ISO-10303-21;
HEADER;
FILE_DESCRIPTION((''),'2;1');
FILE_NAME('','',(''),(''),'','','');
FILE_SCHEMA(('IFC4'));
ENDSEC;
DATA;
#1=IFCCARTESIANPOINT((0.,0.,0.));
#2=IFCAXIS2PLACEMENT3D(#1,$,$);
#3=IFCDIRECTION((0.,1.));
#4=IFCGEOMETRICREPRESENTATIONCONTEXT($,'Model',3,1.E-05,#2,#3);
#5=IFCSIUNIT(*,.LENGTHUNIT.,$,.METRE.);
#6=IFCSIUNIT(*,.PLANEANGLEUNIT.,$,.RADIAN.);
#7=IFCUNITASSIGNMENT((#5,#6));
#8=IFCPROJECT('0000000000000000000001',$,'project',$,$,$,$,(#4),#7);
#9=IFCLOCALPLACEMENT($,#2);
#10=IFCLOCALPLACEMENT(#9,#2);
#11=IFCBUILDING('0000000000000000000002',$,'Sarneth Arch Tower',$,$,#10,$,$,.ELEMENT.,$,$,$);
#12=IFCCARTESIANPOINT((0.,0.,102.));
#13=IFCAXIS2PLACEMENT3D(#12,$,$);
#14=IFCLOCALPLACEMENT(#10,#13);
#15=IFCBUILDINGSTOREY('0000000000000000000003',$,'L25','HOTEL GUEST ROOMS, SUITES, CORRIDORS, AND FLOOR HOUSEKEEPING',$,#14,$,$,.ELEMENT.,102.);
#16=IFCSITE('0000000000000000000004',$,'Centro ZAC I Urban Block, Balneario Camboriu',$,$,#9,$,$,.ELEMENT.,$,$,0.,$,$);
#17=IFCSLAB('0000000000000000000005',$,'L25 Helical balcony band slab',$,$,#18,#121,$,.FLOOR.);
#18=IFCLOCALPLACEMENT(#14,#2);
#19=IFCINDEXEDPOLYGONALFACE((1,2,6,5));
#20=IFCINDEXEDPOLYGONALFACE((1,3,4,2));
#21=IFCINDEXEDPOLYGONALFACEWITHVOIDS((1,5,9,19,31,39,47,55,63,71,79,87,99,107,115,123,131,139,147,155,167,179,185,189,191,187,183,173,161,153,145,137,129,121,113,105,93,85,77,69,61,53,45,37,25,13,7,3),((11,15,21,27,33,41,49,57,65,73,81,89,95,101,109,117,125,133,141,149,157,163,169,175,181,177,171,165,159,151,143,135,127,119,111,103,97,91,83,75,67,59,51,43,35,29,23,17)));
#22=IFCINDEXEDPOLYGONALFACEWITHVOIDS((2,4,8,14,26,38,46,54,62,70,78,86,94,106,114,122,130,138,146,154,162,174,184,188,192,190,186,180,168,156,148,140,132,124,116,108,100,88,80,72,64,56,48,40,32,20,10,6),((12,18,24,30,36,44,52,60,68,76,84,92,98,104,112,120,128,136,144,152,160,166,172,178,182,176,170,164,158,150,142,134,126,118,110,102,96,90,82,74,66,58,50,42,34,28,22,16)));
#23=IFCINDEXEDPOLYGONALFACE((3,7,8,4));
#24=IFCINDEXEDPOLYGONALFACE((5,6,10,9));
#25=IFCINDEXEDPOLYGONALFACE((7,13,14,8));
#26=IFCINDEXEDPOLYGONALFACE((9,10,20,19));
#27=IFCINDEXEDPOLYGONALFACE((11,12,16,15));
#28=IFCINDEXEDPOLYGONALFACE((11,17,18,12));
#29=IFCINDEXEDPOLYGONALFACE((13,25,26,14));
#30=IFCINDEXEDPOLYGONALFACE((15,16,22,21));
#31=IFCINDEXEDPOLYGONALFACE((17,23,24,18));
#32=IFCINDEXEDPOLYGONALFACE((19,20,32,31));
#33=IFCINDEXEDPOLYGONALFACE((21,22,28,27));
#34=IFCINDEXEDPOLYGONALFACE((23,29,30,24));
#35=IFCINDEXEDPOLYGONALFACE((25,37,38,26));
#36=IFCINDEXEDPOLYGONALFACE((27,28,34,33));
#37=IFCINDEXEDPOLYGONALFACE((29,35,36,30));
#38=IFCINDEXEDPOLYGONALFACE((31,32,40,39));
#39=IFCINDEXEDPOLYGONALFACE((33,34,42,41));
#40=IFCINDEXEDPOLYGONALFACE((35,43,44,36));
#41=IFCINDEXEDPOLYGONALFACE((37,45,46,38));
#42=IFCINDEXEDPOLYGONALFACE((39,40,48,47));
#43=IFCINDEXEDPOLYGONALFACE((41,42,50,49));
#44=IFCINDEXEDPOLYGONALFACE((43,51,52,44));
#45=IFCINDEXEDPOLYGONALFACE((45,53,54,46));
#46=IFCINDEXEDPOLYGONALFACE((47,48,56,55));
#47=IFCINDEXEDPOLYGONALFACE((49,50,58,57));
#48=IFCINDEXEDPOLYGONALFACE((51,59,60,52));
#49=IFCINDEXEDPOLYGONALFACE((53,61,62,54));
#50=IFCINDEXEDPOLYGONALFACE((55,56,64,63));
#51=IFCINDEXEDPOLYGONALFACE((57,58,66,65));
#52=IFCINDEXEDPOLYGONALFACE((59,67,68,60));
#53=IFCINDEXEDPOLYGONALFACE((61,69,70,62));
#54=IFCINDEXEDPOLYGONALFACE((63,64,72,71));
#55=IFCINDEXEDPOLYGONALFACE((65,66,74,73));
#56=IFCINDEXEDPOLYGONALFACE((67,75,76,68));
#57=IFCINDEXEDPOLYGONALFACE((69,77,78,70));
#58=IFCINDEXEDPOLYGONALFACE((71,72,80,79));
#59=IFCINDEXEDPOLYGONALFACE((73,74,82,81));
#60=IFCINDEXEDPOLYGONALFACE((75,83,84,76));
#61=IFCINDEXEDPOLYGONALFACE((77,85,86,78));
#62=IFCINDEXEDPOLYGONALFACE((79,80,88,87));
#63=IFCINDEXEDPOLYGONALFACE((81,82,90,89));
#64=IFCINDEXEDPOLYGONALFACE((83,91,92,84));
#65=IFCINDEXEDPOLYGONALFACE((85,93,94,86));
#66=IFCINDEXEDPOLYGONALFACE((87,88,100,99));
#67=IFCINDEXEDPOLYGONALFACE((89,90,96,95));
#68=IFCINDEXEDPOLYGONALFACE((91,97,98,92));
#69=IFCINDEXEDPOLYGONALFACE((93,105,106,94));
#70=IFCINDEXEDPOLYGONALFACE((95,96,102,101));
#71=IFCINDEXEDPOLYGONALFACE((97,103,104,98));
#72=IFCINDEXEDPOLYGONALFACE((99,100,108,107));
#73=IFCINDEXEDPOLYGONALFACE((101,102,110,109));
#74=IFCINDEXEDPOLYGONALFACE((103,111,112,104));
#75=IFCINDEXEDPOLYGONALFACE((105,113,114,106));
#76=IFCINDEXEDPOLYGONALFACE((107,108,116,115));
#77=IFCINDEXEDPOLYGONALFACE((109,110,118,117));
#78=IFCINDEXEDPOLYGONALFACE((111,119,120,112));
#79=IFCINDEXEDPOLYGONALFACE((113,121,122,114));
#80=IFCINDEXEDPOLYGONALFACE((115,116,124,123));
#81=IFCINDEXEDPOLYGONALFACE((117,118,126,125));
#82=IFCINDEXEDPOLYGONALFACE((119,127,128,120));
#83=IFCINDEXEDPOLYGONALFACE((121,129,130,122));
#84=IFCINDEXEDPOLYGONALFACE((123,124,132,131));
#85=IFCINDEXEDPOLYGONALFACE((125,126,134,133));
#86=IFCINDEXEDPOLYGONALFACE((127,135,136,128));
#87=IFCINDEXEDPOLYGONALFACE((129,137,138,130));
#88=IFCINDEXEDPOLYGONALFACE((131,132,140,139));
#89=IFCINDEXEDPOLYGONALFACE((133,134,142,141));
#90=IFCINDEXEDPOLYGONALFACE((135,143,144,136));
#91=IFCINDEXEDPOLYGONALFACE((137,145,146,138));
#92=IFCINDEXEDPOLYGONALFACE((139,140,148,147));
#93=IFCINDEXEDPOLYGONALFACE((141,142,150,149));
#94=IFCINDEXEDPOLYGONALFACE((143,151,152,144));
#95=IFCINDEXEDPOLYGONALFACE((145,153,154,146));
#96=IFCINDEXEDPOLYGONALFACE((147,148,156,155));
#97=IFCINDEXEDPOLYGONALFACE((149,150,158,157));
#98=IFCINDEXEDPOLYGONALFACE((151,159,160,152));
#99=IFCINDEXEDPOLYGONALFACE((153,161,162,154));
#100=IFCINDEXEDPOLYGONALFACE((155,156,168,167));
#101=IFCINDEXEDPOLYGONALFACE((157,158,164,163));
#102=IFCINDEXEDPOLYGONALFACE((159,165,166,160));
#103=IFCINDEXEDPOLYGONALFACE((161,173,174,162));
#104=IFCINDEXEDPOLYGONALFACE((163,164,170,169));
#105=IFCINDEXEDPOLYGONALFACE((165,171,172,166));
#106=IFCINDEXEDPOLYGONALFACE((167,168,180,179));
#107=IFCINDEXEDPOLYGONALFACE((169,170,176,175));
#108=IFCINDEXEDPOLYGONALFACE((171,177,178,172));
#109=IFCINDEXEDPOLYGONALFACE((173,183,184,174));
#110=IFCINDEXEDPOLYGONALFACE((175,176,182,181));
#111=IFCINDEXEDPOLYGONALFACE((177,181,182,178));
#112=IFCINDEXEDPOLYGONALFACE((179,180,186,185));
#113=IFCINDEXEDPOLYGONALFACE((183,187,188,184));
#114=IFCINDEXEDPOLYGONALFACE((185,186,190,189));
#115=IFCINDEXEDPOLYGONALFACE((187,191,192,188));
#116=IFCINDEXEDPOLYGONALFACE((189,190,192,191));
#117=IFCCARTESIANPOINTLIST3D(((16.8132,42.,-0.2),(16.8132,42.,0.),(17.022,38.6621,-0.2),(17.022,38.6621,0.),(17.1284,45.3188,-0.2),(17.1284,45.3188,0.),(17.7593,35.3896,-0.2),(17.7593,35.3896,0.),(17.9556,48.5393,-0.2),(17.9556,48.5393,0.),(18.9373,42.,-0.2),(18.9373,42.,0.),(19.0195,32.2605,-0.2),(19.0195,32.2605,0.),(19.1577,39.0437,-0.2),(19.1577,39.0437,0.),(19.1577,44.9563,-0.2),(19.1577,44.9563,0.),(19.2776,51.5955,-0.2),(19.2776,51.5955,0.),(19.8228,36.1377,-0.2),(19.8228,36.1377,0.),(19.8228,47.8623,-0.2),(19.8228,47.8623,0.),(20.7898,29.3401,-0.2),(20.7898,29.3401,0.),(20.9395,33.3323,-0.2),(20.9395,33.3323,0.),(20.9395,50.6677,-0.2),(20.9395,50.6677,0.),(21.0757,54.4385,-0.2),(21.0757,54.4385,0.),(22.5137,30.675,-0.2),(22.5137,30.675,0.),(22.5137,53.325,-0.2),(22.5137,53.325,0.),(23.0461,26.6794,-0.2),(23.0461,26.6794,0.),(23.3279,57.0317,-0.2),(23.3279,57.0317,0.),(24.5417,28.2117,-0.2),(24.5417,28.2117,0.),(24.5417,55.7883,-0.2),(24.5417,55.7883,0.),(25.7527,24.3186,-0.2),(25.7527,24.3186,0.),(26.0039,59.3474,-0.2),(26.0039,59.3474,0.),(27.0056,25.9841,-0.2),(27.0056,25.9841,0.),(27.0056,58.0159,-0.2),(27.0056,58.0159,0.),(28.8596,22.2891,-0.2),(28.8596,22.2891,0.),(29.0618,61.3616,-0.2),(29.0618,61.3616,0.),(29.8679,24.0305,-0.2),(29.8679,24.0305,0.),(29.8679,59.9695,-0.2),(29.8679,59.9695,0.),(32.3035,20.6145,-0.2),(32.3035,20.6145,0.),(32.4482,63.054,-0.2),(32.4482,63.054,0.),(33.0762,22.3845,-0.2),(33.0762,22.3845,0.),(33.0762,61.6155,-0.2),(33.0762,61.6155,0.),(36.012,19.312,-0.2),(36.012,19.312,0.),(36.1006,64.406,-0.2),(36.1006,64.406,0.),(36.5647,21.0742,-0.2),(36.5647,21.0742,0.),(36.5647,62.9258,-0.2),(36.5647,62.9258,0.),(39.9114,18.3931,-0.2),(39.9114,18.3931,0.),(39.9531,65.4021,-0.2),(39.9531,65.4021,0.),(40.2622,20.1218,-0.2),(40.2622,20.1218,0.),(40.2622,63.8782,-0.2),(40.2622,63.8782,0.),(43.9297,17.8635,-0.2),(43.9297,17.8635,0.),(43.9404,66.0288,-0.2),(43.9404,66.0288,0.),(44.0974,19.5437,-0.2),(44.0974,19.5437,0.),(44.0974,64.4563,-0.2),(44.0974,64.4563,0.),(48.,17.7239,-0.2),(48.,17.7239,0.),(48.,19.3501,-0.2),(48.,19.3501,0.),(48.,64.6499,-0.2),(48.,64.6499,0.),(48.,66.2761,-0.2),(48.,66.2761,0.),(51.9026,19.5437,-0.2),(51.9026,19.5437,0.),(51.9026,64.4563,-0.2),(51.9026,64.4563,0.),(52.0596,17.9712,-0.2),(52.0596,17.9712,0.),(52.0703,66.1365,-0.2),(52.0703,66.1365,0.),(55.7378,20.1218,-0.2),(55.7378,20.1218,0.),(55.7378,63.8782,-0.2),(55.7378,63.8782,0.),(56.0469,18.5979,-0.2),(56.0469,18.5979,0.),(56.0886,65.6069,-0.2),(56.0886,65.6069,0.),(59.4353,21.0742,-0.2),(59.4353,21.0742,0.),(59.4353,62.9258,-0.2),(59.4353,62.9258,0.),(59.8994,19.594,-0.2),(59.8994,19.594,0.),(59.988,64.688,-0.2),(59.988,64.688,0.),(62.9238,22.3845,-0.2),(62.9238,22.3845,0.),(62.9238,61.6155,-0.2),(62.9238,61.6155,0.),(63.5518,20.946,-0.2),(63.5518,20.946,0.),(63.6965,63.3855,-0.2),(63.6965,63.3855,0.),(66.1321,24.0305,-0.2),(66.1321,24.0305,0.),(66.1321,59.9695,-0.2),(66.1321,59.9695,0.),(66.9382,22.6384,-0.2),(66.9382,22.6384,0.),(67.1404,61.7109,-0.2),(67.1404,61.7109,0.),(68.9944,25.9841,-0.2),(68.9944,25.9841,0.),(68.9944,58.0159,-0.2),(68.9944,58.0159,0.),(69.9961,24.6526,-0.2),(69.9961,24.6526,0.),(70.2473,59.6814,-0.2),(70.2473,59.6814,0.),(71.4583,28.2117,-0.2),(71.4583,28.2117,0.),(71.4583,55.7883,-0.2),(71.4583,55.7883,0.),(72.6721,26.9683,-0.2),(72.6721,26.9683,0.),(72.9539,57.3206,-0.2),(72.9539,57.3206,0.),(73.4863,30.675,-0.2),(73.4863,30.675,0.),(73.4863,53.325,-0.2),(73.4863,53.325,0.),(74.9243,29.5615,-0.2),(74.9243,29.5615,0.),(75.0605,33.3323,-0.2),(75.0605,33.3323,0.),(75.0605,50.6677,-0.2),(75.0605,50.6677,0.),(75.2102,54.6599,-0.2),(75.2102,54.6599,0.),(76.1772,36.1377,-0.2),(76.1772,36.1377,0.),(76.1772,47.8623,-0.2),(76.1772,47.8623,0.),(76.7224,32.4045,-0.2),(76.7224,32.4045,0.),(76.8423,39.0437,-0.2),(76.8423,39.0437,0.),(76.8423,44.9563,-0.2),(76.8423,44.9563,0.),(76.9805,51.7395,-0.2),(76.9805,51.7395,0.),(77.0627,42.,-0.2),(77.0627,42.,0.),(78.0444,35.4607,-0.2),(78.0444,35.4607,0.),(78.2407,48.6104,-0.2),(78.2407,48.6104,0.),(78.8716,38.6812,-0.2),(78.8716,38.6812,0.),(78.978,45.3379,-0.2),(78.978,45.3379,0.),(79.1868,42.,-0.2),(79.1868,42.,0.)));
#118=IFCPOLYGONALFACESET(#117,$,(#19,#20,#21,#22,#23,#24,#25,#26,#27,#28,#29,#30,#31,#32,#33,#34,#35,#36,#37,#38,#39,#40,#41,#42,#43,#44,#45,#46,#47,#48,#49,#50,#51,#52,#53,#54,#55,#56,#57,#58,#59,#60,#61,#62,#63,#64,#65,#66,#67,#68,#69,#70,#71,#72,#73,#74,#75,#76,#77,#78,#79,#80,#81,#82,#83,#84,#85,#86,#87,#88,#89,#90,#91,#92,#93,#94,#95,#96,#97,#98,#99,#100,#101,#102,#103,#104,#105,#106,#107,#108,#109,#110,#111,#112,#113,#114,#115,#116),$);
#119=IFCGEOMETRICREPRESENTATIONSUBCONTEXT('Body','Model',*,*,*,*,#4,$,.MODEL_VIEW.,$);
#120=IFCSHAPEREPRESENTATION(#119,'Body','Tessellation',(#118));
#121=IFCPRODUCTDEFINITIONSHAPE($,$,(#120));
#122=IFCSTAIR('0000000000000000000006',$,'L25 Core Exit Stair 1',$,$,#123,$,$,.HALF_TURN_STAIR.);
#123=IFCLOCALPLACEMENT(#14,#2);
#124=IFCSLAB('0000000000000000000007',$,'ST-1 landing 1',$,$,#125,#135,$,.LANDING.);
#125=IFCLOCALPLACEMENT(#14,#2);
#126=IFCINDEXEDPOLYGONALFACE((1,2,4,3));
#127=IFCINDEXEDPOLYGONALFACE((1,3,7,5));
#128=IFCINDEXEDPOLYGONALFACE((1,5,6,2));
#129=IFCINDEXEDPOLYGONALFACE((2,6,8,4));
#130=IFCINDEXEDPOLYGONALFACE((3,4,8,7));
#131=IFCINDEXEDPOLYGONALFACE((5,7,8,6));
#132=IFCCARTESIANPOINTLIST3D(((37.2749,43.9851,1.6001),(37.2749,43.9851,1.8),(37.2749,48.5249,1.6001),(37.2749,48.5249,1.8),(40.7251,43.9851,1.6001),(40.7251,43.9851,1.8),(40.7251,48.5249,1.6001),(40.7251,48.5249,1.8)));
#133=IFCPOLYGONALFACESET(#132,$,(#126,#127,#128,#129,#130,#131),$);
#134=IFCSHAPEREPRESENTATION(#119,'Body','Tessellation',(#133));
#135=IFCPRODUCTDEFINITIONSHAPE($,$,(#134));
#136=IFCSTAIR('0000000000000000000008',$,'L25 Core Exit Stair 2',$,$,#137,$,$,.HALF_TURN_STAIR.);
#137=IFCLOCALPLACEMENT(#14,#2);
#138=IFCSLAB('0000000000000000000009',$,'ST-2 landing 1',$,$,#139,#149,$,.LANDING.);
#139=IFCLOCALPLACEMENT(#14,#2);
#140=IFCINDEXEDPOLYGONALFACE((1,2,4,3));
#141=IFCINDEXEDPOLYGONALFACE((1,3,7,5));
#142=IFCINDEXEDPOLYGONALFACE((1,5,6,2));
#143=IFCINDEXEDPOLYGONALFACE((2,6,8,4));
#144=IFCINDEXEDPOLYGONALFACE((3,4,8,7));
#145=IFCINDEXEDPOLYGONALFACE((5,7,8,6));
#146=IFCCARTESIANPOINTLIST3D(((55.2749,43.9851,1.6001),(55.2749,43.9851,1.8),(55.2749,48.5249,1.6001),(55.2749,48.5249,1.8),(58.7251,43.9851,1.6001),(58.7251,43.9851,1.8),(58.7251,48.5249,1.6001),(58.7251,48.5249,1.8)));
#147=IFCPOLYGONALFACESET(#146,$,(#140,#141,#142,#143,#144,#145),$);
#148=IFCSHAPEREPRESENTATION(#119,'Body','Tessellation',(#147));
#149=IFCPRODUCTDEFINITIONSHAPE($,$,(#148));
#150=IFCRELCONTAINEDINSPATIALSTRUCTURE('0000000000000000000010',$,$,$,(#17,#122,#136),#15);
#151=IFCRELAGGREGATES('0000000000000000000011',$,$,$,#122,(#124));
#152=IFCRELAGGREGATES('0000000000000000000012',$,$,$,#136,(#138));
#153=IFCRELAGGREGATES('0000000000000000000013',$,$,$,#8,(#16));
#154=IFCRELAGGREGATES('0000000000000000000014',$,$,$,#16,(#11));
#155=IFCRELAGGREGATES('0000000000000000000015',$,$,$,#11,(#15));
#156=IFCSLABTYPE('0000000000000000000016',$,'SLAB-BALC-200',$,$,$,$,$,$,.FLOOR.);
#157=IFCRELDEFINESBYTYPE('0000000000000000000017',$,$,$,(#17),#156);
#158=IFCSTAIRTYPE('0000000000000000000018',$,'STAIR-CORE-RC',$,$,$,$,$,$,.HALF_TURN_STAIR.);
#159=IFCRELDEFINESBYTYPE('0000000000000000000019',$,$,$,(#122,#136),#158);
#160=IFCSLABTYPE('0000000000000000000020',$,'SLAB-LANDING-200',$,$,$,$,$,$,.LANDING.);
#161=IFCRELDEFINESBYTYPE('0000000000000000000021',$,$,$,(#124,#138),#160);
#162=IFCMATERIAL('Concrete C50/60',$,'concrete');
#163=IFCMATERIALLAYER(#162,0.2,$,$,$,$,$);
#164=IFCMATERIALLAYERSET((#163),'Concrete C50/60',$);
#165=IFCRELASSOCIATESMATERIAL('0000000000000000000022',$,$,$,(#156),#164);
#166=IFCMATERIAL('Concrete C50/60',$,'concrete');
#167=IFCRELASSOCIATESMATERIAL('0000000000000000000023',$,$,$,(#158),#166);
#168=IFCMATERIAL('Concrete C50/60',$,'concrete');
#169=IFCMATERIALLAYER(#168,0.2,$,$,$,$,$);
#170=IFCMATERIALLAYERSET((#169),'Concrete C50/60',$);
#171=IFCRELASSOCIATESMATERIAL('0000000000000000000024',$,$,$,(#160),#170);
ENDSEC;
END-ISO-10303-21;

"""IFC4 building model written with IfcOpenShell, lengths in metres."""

from ifc_helpers import new_model, si_unit, direction, frame, origin, place, context, subcontext, project, spatial, polyline, outline, extrude, material, layer, layer_set, type_object, element, aggregate, save


model = new_model("IFC4")

# Units and contexts
model_context = context("Model", 3, precision=1e-05, world=origin(), true_north=direction((0.0, 1.0)))
body_context = subcontext(model_context, "Body", "Model", "MODEL_VIEW")
ifc_project = project(units=[si_unit("LENGTHUNIT", "METRE"), si_unit("PLANEANGLEUNIT", "RADIAN")], contexts=[model_context])

# Site, building, storey
site_placement = place(None, origin())
site = spatial("IfcSite", under=ifc_project, at=site_placement, Name="Centro ZAC I Urban Block, Balneario Camboriu", CompositionType="ELEMENT", RefElevation=0.0)
building_placement = place(site_placement, origin())
building = spatial("IfcBuilding", under=site, at=building_placement, Name="Sarneth Arch Tower", CompositionType="ELEMENT")
storey_placement = place(building_placement, frame((0.0, 0.0, 102.0)))
storey = spatial("IfcBuildingStorey", under=building, at=storey_placement, Name="L25", Description="HOTEL GUEST ROOMS, SUITES, CORRIDORS, AND FLOOR HOUSEKEEPING", CompositionType="ELEMENT", Elevation=102.0)

# Slab
ifc_material_1 = material(Name="Concrete C50/60", Category="concrete")
ifc_layer_1 = layer(ifc_material_1, 0.2)
ifc_layer_set_1 = layer_set([ifc_layer_1], Name="Concrete C50/60")
slab_type_1 = type_object("IfcSlabType", Name="SLAB-BALC-200", PredefinedType="FLOOR", material=ifc_layer_set_1)
slab_1_placement = place(storey_placement, frame((0.0, 0.0, -0.2)))
element("IfcSlab", 1, at=slab_1_placement, inside=storey, type_object=slab_type_1, Name="L25 Helical balcony band slab", PredefinedType="FLOOR", context=body_context, shape_type="SweptSolid", body=[
    extrude(outline(polyline([(79.1868, 42.0), (78.978, 45.3379), (78.2407, 48.6104), (76.9805, 51.7395), (75.2102, 54.6599), (72.9539, 57.3206), (70.2473, 59.6814), (67.1404, 61.7109), (63.6965, 63.3855), (59.988, 64.688), (56.0886, 65.6069), (52.0703, 66.1365), (48.0, 66.2761), (43.9404, 66.0288), (39.9531, 65.4021), (36.1006, 64.406), (32.4482, 63.054), (29.0618, 61.3616), (26.0039, 59.3474), (23.3279, 57.0317), (21.0757, 54.4385), (19.2776, 51.5955), (17.9556, 48.5393), (17.1284, 45.3188), (16.8132, 42.0), (17.022, 38.6621), (17.7593, 35.3896), (19.0195, 32.2605), (20.7898, 29.3401), (23.0461, 26.6794), (25.7527, 24.3186), (28.8596, 22.2891), (32.3035, 20.6145), (36.012, 19.312), (39.9114, 18.3931), (43.9297, 17.8635), (48.0, 17.7239), (52.0596, 17.9712), (56.0469, 18.5979), (59.8994, 19.594), (63.5518, 20.946), (66.9382, 22.6384), (69.9961, 24.6526), (72.6721, 26.9683), (74.9243, 29.5615), (76.7224, 32.4045), (78.0444, 35.4607), (78.8716, 38.6812), (79.1868, 42.0)]), holes=[polyline([(77.0627, 42.0), (76.8423, 44.9563), (76.1772, 47.8623), (75.0605, 50.6677), (73.4863, 53.325), (71.4583, 55.7883), (68.9944, 58.0159), (66.1321, 59.9695), (62.9238, 61.6155), (59.4353, 62.9258), (55.7378, 63.8782), (51.9026, 64.4563), (48.0, 64.6499), (44.0974, 64.4563), (40.2622, 63.8782), (36.5647, 62.9258), (33.0762, 61.6155), (29.8679, 59.9695), (27.0056, 58.0159), (24.5417, 55.7883), (22.5137, 53.325), (20.9395, 50.6677), (19.8228, 47.8623), (19.1577, 44.9563), (18.9373, 42.0), (19.1577, 39.0437), (19.8228, 36.1377), (20.9395, 33.3323), (22.5137, 30.675), (24.5417, 28.2117), (27.0056, 25.9841), (29.8679, 24.0305), (33.0762, 22.3845), (36.5647, 21.0742), (40.2622, 20.1218), (44.0974, 19.5437), (48.0, 19.3501), (51.9026, 19.5437), (55.7378, 20.1218), (59.4353, 21.0742), (62.9238, 22.3845), (66.1321, 24.0305), (68.9944, 25.9841), (71.4583, 28.2117), (73.4863, 30.675), (75.0605, 33.3323), (76.1772, 36.1377), (76.8423, 39.0437), (77.0627, 42.0)])]), origin(), (0.0, 0.0, 1.0), 0.2),
])

# Stairs, slabs
ifc_material_2 = material(Name="Concrete C50/60", Category="concrete")
stair_type = type_object("IfcStairType", Name="STAIR-CORE-RC", PredefinedType="HALF_TURN_STAIR", material=ifc_material_2)
stair_1_placement = place(storey_placement, origin())
stair_1 = element("IfcStair", 2, at=stair_1_placement, inside=storey, type_object=stair_type, Name="L25 Core Exit Stair 1", PredefinedType="HALF_TURN_STAIR")
ifc_material_3 = material(Name="Concrete C50/60", Category="concrete")
ifc_layer_2 = layer(ifc_material_3, 0.2)
ifc_layer_set_2 = layer_set([ifc_layer_2], Name="Concrete C50/60")
slab_type_2 = type_object("IfcSlabType", Name="SLAB-LANDING-200", PredefinedType="LANDING", material=ifc_layer_set_2)
slab_2_placement = place(storey_placement, frame((0.0, 0.0, 1.6001)))
slab_2 = element("IfcSlab", 3, at=slab_2_placement, type_object=slab_type_2, Name="ST-1 landing 1", PredefinedType="LANDING", context=body_context, shape_type="SweptSolid", body=[
    extrude(outline(polyline([(37.2749, 43.9851), (40.7251, 43.9851), (40.7251, 48.5249), (37.2749, 48.5249), (37.2749, 43.9851)])), origin(), (0.0, 0.0, 1.0), 0.2),
])
aggregate(stair_1, [slab_2])
stair_2_placement = place(storey_placement, origin())
stair_2 = element("IfcStair", 4, at=stair_2_placement, inside=storey, type_object=stair_type, Name="L25 Core Exit Stair 2", PredefinedType="HALF_TURN_STAIR")
slab_3_placement = place(storey_placement, frame((0.0, 0.0, 1.6001)))
slab_3 = element("IfcSlab", 5, at=slab_3_placement, type_object=slab_type_2, Name="ST-2 landing 1", PredefinedType="LANDING", context=body_context, shape_type="SweptSolid", body=[
    extrude(outline(polyline([(55.2749, 43.9851), (58.7251, 43.9851), (58.7251, 48.5249), (55.2749, 48.5249), (55.2749, 43.9851)])), origin(), (0.0, 0.0, 1.0), 0.2),
])
aggregate(stair_2, [slab_3])

save(model, "model.ifc")
